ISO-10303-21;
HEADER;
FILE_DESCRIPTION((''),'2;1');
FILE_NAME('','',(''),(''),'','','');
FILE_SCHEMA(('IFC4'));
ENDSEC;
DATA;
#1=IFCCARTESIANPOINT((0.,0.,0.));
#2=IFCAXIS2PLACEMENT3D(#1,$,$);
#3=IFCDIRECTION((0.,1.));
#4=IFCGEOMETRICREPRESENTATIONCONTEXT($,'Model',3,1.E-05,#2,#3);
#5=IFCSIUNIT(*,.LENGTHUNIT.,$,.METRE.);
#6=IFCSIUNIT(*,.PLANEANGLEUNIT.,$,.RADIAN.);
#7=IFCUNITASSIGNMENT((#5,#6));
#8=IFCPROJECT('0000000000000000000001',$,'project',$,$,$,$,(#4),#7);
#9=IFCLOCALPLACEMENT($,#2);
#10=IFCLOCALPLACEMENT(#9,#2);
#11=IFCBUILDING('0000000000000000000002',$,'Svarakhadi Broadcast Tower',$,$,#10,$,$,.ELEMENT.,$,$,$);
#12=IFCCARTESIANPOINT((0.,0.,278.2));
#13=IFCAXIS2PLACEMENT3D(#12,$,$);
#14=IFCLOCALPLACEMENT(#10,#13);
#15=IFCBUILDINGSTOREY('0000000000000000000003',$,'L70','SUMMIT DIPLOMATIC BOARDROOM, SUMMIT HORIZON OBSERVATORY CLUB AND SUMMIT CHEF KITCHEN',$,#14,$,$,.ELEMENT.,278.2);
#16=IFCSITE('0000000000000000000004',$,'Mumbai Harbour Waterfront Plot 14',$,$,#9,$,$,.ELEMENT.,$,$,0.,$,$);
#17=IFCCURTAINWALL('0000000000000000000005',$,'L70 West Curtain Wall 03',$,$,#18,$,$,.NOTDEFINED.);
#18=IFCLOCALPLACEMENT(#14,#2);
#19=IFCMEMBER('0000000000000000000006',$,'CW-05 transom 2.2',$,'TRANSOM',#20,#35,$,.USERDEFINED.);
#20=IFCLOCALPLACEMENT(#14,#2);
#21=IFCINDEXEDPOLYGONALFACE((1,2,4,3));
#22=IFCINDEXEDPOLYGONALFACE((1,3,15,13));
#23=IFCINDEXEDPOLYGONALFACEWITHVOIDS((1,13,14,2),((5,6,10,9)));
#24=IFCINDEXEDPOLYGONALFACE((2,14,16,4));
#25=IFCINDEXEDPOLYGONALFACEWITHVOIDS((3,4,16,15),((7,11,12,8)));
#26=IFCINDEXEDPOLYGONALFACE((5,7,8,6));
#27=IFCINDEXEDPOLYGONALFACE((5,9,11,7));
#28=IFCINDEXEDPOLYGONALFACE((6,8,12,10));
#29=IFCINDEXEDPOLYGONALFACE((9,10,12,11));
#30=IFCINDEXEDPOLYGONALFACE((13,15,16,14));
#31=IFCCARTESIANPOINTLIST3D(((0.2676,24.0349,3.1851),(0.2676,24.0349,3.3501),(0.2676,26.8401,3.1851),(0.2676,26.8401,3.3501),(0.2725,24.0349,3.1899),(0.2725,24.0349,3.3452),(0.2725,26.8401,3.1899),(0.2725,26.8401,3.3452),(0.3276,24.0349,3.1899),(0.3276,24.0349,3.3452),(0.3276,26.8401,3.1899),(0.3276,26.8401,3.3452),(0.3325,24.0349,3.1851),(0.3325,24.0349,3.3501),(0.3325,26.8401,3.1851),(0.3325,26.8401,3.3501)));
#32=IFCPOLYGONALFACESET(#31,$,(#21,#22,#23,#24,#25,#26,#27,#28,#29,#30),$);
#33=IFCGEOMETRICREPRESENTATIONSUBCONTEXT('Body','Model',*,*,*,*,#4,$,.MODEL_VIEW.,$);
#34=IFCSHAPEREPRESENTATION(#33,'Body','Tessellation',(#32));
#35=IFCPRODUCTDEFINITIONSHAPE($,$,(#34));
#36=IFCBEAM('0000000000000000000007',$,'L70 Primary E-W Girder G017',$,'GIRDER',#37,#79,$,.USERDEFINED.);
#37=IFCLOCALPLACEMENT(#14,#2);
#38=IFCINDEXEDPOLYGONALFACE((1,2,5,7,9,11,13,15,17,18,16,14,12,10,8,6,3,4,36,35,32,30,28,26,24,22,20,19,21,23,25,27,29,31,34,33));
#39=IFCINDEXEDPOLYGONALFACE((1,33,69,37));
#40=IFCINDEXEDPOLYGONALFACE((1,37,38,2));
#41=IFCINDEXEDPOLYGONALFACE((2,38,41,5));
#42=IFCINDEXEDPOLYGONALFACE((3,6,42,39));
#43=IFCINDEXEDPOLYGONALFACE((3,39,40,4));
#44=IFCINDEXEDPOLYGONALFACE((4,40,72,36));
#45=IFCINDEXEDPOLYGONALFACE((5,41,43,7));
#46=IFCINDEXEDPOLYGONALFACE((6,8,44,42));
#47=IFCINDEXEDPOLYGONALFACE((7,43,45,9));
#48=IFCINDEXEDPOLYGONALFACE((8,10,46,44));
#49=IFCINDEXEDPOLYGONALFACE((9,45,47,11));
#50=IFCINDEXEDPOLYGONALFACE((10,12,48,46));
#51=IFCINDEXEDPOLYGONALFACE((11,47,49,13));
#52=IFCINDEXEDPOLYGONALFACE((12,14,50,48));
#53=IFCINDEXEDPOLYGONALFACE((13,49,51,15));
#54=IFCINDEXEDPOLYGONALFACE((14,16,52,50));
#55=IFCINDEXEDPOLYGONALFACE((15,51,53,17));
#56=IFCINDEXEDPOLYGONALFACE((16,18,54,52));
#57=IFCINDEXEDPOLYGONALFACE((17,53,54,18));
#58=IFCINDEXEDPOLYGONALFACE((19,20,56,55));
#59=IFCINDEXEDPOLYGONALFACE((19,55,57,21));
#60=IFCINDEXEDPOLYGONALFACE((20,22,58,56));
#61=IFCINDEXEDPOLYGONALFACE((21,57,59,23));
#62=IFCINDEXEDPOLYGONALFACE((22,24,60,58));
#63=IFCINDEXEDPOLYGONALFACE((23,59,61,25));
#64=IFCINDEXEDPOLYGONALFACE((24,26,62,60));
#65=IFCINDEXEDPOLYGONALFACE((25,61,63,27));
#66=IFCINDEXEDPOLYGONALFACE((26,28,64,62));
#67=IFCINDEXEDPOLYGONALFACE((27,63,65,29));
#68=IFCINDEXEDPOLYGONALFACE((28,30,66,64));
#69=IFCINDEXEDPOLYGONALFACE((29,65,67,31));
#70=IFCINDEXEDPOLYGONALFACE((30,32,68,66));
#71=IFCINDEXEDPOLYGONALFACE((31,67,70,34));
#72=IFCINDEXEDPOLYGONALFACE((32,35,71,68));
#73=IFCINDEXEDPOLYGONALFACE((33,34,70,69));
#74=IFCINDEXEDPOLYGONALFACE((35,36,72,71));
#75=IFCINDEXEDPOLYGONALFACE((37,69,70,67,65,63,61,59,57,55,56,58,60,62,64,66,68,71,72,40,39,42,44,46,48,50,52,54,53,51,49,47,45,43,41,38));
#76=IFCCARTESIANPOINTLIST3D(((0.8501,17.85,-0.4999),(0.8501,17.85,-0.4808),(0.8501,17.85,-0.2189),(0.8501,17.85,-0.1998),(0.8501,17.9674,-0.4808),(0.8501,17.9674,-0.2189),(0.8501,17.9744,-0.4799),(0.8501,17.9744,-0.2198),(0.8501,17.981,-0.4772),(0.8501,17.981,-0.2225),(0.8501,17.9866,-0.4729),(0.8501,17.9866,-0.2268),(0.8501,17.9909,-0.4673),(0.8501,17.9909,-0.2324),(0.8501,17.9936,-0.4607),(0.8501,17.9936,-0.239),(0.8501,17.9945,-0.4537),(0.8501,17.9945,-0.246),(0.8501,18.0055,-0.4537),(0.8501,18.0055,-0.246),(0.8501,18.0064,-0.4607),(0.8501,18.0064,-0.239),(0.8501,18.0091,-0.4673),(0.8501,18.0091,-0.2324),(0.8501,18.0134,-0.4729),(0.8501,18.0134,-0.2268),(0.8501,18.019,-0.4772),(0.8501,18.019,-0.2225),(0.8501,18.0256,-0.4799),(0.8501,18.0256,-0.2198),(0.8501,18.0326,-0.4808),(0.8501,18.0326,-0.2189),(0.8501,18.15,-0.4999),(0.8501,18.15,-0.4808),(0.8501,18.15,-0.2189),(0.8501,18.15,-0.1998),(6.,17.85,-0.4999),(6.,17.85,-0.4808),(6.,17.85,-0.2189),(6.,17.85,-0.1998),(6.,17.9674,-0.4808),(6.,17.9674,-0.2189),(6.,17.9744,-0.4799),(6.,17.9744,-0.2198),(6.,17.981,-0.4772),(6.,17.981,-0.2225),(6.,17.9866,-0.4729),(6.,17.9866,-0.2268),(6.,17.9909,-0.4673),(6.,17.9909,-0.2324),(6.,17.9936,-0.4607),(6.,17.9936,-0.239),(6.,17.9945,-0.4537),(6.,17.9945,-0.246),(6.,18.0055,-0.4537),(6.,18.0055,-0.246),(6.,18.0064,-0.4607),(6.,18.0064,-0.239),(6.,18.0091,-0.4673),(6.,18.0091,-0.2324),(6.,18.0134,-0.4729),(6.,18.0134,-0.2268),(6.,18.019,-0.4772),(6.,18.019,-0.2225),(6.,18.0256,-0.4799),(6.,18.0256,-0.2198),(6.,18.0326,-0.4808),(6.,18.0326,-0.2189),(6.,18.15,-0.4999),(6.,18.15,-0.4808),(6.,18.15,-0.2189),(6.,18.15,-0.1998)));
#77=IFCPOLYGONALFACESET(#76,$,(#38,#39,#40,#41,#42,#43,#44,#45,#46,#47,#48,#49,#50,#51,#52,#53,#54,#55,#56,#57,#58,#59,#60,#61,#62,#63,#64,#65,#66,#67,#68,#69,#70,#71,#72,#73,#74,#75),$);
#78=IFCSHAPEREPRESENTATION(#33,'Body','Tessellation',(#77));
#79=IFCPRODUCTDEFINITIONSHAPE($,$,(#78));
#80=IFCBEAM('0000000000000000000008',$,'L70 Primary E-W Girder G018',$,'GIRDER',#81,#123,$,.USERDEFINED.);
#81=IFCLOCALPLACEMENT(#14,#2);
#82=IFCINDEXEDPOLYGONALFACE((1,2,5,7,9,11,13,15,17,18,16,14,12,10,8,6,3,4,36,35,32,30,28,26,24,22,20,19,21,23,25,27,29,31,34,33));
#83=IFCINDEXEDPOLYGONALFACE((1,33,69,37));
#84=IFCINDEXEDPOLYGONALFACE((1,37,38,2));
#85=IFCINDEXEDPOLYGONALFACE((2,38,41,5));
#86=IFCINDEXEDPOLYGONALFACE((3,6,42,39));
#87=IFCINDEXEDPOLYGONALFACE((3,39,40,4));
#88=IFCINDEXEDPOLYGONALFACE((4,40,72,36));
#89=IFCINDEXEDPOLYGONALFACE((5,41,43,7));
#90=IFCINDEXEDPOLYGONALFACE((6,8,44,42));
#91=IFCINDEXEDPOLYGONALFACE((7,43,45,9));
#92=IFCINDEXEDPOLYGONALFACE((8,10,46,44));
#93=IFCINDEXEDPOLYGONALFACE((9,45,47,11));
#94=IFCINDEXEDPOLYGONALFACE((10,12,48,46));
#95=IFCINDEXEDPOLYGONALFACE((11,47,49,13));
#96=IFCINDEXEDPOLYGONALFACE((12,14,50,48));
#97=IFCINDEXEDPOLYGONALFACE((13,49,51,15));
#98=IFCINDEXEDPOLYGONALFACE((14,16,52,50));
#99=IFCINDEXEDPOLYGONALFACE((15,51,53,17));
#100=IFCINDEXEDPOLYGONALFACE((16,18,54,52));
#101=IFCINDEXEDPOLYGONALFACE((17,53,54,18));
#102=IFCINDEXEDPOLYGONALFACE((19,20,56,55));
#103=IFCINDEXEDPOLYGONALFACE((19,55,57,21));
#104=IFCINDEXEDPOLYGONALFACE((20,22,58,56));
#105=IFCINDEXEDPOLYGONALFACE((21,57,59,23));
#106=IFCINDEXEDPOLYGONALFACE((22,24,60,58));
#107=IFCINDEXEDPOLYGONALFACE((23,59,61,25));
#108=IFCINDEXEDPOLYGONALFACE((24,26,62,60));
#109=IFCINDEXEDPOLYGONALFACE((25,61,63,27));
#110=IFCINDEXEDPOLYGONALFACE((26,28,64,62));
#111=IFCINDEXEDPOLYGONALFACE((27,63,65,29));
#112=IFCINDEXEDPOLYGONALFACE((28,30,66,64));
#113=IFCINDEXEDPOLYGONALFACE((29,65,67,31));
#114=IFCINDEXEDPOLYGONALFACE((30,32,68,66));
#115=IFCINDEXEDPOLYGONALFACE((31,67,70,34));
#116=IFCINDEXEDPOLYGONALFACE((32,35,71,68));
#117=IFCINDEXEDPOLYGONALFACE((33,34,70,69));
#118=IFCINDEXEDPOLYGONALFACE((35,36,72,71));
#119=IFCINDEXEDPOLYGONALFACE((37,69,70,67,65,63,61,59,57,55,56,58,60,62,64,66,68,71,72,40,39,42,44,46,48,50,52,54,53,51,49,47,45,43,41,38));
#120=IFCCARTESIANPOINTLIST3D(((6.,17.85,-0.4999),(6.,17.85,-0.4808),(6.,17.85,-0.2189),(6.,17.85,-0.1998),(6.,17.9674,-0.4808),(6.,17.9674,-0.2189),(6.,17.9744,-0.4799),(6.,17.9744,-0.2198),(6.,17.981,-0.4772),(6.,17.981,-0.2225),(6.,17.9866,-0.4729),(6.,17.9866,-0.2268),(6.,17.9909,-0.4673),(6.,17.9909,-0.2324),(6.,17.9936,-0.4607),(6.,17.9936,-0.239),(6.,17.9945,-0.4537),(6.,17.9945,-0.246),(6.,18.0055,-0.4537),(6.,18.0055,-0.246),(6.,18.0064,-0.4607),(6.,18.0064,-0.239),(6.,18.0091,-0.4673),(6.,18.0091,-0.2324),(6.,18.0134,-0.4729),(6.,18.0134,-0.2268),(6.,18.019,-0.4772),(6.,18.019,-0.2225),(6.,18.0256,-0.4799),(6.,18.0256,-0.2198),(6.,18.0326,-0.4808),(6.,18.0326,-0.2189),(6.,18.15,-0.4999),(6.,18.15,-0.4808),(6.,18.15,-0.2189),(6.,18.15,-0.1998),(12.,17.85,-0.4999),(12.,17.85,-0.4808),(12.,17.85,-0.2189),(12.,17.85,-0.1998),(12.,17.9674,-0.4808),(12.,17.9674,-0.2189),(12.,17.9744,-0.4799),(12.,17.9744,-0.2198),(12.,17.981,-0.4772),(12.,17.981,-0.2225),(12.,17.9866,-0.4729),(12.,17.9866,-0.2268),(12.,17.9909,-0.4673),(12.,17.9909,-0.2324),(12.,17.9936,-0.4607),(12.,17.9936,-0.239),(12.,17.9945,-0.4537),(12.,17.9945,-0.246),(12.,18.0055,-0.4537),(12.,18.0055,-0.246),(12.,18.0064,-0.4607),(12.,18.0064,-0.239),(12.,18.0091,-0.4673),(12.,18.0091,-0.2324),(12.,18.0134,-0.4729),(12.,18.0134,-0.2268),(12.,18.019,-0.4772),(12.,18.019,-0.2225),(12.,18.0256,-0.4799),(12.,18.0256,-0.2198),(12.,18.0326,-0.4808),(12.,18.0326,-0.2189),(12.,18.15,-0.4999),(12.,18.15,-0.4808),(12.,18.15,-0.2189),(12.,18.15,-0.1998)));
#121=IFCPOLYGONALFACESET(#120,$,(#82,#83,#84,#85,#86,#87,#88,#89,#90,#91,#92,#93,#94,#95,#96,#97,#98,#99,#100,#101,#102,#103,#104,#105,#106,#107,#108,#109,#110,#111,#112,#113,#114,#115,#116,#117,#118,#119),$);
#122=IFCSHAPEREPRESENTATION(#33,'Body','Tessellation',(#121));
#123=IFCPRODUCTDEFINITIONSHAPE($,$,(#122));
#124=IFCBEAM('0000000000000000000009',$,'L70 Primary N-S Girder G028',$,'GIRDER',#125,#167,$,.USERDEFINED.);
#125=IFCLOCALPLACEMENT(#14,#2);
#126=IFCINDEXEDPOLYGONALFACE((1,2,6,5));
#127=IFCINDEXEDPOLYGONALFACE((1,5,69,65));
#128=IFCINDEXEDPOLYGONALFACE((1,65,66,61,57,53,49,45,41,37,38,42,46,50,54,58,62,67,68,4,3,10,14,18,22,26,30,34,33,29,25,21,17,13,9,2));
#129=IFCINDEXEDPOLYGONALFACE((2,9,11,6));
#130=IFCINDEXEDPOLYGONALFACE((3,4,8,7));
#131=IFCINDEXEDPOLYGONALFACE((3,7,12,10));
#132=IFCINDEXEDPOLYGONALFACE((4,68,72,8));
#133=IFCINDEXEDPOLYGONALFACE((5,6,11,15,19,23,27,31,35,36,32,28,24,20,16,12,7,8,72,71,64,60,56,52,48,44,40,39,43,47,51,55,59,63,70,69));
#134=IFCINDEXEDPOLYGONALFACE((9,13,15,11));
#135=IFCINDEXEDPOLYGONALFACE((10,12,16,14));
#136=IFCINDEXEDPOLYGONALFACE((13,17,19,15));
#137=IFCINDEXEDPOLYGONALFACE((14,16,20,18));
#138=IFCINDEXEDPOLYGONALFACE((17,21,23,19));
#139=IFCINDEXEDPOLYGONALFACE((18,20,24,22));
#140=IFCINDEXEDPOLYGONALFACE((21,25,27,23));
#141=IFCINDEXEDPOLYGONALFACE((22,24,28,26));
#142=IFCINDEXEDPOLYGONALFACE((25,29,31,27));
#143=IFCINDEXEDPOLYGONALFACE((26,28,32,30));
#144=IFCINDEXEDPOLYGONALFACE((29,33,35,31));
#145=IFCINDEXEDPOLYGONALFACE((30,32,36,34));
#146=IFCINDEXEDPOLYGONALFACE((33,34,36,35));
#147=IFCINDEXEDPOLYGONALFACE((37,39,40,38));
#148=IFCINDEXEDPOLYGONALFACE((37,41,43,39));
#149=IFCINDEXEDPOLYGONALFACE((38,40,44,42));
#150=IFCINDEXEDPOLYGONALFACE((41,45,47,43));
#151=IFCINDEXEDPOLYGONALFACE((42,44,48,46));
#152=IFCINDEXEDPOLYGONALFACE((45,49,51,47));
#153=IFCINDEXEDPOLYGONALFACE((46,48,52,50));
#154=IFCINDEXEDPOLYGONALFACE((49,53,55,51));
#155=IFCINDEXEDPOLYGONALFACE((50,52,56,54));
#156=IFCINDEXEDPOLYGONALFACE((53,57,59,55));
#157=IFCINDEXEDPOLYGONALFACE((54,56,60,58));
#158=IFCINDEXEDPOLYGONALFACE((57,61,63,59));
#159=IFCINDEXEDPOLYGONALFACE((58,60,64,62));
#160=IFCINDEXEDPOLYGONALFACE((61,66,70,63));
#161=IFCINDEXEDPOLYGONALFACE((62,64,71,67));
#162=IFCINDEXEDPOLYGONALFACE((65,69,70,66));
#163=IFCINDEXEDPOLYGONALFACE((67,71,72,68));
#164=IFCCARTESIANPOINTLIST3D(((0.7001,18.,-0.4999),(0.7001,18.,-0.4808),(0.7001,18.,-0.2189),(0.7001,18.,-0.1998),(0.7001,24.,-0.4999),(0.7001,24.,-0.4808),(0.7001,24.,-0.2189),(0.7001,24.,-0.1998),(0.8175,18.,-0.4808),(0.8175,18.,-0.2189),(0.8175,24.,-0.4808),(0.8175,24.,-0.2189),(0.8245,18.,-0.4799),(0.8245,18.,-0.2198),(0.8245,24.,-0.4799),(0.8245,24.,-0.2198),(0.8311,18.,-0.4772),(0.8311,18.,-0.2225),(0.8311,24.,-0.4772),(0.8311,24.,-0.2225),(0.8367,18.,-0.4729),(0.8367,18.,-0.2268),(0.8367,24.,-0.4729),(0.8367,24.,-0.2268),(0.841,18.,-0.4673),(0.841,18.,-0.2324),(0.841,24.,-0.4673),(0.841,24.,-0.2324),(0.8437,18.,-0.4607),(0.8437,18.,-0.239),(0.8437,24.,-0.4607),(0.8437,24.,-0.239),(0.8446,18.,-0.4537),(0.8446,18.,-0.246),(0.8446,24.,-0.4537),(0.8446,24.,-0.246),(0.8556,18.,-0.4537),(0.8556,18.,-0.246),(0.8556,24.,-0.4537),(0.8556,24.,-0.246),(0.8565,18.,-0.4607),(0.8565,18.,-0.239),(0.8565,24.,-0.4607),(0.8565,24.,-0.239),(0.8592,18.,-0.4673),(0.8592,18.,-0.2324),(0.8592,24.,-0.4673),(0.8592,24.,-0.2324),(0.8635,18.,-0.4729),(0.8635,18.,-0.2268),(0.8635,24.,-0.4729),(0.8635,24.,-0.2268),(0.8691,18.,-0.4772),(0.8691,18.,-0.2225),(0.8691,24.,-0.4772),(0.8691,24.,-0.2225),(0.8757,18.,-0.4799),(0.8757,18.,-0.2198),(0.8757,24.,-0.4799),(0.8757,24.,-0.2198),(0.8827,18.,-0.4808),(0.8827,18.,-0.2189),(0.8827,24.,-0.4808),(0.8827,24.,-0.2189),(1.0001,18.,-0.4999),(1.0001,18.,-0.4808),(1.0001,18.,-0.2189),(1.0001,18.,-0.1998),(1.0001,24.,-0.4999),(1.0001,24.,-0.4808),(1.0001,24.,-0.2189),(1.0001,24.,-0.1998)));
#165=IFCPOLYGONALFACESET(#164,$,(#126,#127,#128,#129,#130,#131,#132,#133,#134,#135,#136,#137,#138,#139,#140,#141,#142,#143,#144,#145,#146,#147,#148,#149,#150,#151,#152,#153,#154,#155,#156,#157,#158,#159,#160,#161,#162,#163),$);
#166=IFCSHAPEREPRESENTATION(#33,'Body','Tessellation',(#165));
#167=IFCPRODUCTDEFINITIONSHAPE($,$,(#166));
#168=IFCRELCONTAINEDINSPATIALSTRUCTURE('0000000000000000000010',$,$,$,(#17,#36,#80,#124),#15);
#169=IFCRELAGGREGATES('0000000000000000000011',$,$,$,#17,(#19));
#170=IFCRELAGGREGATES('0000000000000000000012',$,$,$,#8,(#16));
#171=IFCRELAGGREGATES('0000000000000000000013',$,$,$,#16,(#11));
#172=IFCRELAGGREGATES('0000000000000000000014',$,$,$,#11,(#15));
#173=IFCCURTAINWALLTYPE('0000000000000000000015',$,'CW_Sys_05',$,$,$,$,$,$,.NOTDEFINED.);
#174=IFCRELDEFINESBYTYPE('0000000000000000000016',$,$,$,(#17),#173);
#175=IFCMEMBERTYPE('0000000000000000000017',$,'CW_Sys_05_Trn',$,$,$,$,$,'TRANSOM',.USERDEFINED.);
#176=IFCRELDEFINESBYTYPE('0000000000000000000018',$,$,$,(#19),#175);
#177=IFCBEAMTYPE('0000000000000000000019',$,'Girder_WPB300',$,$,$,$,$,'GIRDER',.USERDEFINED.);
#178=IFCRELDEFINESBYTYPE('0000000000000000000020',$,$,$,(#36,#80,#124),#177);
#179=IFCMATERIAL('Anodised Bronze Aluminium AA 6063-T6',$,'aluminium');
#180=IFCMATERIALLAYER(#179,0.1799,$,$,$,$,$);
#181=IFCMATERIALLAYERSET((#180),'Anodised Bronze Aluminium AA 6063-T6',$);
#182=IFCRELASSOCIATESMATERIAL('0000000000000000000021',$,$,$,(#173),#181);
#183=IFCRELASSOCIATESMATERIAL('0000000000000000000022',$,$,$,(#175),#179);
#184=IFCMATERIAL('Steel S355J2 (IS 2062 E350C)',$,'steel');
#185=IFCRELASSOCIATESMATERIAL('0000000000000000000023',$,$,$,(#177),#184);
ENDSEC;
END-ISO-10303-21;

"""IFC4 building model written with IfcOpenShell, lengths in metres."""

from ifc_helpers import new_model, si_unit, direction, frame, origin, origin_2d, place, context, subcontext, project, spatial, hollow_rectangle, i_section, extrude, material, layer, layer_set, material_profile, profile_set, type_object, element, aggregate, save


model = new_model("IFC4")

# Units and contexts
model_context = context("Model", 3, precision=1e-05, world=origin(), true_north=direction((0.0, 1.0)))
body_context = subcontext(model_context, "Body", "Model", "MODEL_VIEW")
ifc_project = project(units=[si_unit("LENGTHUNIT", "METRE"), si_unit("PLANEANGLEUNIT", "RADIAN")], contexts=[model_context])

# Site, building, storey
site_placement = place(None, origin())
site = spatial("IfcSite", under=ifc_project, at=site_placement, Name="Mumbai Harbour Waterfront Plot 14", CompositionType="ELEMENT", RefElevation=0.0)
building_placement = place(site_placement, origin())
building = spatial("IfcBuilding", under=site, at=building_placement, Name="Svarakhadi Broadcast Tower", CompositionType="ELEMENT")
storey_placement = place(building_placement, frame((0.0, 0.0, 278.2)))
storey = spatial("IfcBuildingStorey", under=building, at=storey_placement, Name="L70", Description="SUMMIT DIPLOMATIC BOARDROOM, SUMMIT HORIZON OBSERVATORY CLUB AND SUMMIT CHEF KITCHEN", CompositionType="ELEMENT", Elevation=278.2)

# Shared definitions
ifc_material_1 = material(Name="Steel S355J2 (IS 2062 E350C)", Category="steel")

# Curtain wall, member
ifc_material_2 = material(Name="Anodised Bronze Aluminium AA 6063-T6", Category="aluminium")
ifc_layer_1 = layer(ifc_material_2, 0.1799)
ifc_layer_set_1 = layer_set([ifc_layer_1], Name="Anodised Bronze Aluminium AA 6063-T6")
curtain_wall_type = type_object("IfcCurtainWallType", Name="CW_Sys_05", PredefinedType="NOTDEFINED", material=ifc_layer_set_1)
curtain_wall_placement = place(storey_placement, origin())
curtain_wall = element("IfcCurtainWall", 1, at=curtain_wall_placement, inside=storey, type_object=curtain_wall_type, Name="L70 West Curtain Wall 03", PredefinedType="NOTDEFINED")
ifc_material_profile_1 = material_profile(ifc_material_2, hollow_rectangle(XDim=0.0649, YDim=0.165, WallThickness=0.0049, at=origin_2d()), Name="ALU TRANSOM 165x65x5")
ifc_profile_set_1 = profile_set([ifc_material_profile_1], Name="Anodised Bronze Aluminium AA 6063-T6")
member_type_1 = type_object("IfcMemberType", Name="CW_Sys_05_Trn", ElementType="TRANSOM", PredefinedType="USERDEFINED", material=ifc_profile_set_1)
member_1_placement = place(storey_placement, frame((0.3, 24.0349, 3.2676), z_axis=(0.0, 1.0, 0.0), x_axis=(-1.0, 0.0, 0.0)))
member_1 = element("IfcMember", 2, at=member_1_placement, type_object=member_type_1, Name="CW-05 transom 2.2", ObjectType="TRANSOM", PredefinedType="USERDEFINED", context=body_context, shape_type="SweptSolid", body=[
    extrude(hollow_rectangle(XDim=0.0649, YDim=0.165, WallThickness=0.0049, at=origin_2d()), origin(), (0.0, 0.0, 1.0), 2.8052),
])

# Beams
ifc_material_profile_2 = material_profile(ifc_material_1, i_section(OverallWidth=0.3, OverallDepth=0.3, WebThickness=0.011, FlangeThickness=0.019, FilletRadius=0.0271, at=origin_2d()), Name="WPB 300x300x117")
ifc_profile_set_2 = profile_set([ifc_material_profile_2], Name="Steel S355J2 (IS 2062 E350C)")
beam_type_1 = type_object("IfcBeamType", Name="Girder_WPB300", ElementType="GIRDER", PredefinedType="USERDEFINED", material=ifc_profile_set_2)
beam_1_placement = place(storey_placement, frame((0.8501, 18.0, -0.3499), z_axis=(1.0, 0.0, 0.0), x_axis=(0.0, 1.0, 0.0)))
element("IfcBeam", 3, at=beam_1_placement, inside=storey, type_object=beam_type_1, Name="L70 Primary E-W Girder G017", ObjectType="GIRDER", PredefinedType="USERDEFINED", context=body_context, shape_type="SweptSolid", body=[
    extrude(i_section(OverallWidth=0.3, OverallDepth=0.3, WebThickness=0.011, FlangeThickness=0.019, FilletRadius=0.0271, at=origin_2d()), origin(), (0.0, 0.0, 1.0), 5.1499),
])
for number, where, z_axis, x_axis, name in (
    (4, (6.0, 18.0, -0.3499), (1.0, 0.0, 0.0), (0.0, 1.0, 0.0), "L70 Primary E-W Girder G018"),
    (5, (0.8501, 18.0, -0.3499), (0.0, 1.0, 0.0), (-1.0, 0.0, 0.0), "L70 Primary N-S Girder G028"),
):
    element("IfcBeam", number, at=place(storey_placement, frame(where, z_axis=z_axis, x_axis=x_axis)), inside=storey, type_object=beam_type_1, Name=name, ObjectType="GIRDER", PredefinedType="USERDEFINED", context=body_context, shape_type="SweptSolid", body=[
        extrude(i_section(OverallWidth=0.3, OverallDepth=0.3, WebThickness=0.011, FlangeThickness=0.019, FilletRadius=0.0271, at=origin_2d()), origin(), (0.0, 0.0, 1.0), 6.0),
    ])

aggregate(curtain_wall, [member_1])

save(model, "model.ifc")
